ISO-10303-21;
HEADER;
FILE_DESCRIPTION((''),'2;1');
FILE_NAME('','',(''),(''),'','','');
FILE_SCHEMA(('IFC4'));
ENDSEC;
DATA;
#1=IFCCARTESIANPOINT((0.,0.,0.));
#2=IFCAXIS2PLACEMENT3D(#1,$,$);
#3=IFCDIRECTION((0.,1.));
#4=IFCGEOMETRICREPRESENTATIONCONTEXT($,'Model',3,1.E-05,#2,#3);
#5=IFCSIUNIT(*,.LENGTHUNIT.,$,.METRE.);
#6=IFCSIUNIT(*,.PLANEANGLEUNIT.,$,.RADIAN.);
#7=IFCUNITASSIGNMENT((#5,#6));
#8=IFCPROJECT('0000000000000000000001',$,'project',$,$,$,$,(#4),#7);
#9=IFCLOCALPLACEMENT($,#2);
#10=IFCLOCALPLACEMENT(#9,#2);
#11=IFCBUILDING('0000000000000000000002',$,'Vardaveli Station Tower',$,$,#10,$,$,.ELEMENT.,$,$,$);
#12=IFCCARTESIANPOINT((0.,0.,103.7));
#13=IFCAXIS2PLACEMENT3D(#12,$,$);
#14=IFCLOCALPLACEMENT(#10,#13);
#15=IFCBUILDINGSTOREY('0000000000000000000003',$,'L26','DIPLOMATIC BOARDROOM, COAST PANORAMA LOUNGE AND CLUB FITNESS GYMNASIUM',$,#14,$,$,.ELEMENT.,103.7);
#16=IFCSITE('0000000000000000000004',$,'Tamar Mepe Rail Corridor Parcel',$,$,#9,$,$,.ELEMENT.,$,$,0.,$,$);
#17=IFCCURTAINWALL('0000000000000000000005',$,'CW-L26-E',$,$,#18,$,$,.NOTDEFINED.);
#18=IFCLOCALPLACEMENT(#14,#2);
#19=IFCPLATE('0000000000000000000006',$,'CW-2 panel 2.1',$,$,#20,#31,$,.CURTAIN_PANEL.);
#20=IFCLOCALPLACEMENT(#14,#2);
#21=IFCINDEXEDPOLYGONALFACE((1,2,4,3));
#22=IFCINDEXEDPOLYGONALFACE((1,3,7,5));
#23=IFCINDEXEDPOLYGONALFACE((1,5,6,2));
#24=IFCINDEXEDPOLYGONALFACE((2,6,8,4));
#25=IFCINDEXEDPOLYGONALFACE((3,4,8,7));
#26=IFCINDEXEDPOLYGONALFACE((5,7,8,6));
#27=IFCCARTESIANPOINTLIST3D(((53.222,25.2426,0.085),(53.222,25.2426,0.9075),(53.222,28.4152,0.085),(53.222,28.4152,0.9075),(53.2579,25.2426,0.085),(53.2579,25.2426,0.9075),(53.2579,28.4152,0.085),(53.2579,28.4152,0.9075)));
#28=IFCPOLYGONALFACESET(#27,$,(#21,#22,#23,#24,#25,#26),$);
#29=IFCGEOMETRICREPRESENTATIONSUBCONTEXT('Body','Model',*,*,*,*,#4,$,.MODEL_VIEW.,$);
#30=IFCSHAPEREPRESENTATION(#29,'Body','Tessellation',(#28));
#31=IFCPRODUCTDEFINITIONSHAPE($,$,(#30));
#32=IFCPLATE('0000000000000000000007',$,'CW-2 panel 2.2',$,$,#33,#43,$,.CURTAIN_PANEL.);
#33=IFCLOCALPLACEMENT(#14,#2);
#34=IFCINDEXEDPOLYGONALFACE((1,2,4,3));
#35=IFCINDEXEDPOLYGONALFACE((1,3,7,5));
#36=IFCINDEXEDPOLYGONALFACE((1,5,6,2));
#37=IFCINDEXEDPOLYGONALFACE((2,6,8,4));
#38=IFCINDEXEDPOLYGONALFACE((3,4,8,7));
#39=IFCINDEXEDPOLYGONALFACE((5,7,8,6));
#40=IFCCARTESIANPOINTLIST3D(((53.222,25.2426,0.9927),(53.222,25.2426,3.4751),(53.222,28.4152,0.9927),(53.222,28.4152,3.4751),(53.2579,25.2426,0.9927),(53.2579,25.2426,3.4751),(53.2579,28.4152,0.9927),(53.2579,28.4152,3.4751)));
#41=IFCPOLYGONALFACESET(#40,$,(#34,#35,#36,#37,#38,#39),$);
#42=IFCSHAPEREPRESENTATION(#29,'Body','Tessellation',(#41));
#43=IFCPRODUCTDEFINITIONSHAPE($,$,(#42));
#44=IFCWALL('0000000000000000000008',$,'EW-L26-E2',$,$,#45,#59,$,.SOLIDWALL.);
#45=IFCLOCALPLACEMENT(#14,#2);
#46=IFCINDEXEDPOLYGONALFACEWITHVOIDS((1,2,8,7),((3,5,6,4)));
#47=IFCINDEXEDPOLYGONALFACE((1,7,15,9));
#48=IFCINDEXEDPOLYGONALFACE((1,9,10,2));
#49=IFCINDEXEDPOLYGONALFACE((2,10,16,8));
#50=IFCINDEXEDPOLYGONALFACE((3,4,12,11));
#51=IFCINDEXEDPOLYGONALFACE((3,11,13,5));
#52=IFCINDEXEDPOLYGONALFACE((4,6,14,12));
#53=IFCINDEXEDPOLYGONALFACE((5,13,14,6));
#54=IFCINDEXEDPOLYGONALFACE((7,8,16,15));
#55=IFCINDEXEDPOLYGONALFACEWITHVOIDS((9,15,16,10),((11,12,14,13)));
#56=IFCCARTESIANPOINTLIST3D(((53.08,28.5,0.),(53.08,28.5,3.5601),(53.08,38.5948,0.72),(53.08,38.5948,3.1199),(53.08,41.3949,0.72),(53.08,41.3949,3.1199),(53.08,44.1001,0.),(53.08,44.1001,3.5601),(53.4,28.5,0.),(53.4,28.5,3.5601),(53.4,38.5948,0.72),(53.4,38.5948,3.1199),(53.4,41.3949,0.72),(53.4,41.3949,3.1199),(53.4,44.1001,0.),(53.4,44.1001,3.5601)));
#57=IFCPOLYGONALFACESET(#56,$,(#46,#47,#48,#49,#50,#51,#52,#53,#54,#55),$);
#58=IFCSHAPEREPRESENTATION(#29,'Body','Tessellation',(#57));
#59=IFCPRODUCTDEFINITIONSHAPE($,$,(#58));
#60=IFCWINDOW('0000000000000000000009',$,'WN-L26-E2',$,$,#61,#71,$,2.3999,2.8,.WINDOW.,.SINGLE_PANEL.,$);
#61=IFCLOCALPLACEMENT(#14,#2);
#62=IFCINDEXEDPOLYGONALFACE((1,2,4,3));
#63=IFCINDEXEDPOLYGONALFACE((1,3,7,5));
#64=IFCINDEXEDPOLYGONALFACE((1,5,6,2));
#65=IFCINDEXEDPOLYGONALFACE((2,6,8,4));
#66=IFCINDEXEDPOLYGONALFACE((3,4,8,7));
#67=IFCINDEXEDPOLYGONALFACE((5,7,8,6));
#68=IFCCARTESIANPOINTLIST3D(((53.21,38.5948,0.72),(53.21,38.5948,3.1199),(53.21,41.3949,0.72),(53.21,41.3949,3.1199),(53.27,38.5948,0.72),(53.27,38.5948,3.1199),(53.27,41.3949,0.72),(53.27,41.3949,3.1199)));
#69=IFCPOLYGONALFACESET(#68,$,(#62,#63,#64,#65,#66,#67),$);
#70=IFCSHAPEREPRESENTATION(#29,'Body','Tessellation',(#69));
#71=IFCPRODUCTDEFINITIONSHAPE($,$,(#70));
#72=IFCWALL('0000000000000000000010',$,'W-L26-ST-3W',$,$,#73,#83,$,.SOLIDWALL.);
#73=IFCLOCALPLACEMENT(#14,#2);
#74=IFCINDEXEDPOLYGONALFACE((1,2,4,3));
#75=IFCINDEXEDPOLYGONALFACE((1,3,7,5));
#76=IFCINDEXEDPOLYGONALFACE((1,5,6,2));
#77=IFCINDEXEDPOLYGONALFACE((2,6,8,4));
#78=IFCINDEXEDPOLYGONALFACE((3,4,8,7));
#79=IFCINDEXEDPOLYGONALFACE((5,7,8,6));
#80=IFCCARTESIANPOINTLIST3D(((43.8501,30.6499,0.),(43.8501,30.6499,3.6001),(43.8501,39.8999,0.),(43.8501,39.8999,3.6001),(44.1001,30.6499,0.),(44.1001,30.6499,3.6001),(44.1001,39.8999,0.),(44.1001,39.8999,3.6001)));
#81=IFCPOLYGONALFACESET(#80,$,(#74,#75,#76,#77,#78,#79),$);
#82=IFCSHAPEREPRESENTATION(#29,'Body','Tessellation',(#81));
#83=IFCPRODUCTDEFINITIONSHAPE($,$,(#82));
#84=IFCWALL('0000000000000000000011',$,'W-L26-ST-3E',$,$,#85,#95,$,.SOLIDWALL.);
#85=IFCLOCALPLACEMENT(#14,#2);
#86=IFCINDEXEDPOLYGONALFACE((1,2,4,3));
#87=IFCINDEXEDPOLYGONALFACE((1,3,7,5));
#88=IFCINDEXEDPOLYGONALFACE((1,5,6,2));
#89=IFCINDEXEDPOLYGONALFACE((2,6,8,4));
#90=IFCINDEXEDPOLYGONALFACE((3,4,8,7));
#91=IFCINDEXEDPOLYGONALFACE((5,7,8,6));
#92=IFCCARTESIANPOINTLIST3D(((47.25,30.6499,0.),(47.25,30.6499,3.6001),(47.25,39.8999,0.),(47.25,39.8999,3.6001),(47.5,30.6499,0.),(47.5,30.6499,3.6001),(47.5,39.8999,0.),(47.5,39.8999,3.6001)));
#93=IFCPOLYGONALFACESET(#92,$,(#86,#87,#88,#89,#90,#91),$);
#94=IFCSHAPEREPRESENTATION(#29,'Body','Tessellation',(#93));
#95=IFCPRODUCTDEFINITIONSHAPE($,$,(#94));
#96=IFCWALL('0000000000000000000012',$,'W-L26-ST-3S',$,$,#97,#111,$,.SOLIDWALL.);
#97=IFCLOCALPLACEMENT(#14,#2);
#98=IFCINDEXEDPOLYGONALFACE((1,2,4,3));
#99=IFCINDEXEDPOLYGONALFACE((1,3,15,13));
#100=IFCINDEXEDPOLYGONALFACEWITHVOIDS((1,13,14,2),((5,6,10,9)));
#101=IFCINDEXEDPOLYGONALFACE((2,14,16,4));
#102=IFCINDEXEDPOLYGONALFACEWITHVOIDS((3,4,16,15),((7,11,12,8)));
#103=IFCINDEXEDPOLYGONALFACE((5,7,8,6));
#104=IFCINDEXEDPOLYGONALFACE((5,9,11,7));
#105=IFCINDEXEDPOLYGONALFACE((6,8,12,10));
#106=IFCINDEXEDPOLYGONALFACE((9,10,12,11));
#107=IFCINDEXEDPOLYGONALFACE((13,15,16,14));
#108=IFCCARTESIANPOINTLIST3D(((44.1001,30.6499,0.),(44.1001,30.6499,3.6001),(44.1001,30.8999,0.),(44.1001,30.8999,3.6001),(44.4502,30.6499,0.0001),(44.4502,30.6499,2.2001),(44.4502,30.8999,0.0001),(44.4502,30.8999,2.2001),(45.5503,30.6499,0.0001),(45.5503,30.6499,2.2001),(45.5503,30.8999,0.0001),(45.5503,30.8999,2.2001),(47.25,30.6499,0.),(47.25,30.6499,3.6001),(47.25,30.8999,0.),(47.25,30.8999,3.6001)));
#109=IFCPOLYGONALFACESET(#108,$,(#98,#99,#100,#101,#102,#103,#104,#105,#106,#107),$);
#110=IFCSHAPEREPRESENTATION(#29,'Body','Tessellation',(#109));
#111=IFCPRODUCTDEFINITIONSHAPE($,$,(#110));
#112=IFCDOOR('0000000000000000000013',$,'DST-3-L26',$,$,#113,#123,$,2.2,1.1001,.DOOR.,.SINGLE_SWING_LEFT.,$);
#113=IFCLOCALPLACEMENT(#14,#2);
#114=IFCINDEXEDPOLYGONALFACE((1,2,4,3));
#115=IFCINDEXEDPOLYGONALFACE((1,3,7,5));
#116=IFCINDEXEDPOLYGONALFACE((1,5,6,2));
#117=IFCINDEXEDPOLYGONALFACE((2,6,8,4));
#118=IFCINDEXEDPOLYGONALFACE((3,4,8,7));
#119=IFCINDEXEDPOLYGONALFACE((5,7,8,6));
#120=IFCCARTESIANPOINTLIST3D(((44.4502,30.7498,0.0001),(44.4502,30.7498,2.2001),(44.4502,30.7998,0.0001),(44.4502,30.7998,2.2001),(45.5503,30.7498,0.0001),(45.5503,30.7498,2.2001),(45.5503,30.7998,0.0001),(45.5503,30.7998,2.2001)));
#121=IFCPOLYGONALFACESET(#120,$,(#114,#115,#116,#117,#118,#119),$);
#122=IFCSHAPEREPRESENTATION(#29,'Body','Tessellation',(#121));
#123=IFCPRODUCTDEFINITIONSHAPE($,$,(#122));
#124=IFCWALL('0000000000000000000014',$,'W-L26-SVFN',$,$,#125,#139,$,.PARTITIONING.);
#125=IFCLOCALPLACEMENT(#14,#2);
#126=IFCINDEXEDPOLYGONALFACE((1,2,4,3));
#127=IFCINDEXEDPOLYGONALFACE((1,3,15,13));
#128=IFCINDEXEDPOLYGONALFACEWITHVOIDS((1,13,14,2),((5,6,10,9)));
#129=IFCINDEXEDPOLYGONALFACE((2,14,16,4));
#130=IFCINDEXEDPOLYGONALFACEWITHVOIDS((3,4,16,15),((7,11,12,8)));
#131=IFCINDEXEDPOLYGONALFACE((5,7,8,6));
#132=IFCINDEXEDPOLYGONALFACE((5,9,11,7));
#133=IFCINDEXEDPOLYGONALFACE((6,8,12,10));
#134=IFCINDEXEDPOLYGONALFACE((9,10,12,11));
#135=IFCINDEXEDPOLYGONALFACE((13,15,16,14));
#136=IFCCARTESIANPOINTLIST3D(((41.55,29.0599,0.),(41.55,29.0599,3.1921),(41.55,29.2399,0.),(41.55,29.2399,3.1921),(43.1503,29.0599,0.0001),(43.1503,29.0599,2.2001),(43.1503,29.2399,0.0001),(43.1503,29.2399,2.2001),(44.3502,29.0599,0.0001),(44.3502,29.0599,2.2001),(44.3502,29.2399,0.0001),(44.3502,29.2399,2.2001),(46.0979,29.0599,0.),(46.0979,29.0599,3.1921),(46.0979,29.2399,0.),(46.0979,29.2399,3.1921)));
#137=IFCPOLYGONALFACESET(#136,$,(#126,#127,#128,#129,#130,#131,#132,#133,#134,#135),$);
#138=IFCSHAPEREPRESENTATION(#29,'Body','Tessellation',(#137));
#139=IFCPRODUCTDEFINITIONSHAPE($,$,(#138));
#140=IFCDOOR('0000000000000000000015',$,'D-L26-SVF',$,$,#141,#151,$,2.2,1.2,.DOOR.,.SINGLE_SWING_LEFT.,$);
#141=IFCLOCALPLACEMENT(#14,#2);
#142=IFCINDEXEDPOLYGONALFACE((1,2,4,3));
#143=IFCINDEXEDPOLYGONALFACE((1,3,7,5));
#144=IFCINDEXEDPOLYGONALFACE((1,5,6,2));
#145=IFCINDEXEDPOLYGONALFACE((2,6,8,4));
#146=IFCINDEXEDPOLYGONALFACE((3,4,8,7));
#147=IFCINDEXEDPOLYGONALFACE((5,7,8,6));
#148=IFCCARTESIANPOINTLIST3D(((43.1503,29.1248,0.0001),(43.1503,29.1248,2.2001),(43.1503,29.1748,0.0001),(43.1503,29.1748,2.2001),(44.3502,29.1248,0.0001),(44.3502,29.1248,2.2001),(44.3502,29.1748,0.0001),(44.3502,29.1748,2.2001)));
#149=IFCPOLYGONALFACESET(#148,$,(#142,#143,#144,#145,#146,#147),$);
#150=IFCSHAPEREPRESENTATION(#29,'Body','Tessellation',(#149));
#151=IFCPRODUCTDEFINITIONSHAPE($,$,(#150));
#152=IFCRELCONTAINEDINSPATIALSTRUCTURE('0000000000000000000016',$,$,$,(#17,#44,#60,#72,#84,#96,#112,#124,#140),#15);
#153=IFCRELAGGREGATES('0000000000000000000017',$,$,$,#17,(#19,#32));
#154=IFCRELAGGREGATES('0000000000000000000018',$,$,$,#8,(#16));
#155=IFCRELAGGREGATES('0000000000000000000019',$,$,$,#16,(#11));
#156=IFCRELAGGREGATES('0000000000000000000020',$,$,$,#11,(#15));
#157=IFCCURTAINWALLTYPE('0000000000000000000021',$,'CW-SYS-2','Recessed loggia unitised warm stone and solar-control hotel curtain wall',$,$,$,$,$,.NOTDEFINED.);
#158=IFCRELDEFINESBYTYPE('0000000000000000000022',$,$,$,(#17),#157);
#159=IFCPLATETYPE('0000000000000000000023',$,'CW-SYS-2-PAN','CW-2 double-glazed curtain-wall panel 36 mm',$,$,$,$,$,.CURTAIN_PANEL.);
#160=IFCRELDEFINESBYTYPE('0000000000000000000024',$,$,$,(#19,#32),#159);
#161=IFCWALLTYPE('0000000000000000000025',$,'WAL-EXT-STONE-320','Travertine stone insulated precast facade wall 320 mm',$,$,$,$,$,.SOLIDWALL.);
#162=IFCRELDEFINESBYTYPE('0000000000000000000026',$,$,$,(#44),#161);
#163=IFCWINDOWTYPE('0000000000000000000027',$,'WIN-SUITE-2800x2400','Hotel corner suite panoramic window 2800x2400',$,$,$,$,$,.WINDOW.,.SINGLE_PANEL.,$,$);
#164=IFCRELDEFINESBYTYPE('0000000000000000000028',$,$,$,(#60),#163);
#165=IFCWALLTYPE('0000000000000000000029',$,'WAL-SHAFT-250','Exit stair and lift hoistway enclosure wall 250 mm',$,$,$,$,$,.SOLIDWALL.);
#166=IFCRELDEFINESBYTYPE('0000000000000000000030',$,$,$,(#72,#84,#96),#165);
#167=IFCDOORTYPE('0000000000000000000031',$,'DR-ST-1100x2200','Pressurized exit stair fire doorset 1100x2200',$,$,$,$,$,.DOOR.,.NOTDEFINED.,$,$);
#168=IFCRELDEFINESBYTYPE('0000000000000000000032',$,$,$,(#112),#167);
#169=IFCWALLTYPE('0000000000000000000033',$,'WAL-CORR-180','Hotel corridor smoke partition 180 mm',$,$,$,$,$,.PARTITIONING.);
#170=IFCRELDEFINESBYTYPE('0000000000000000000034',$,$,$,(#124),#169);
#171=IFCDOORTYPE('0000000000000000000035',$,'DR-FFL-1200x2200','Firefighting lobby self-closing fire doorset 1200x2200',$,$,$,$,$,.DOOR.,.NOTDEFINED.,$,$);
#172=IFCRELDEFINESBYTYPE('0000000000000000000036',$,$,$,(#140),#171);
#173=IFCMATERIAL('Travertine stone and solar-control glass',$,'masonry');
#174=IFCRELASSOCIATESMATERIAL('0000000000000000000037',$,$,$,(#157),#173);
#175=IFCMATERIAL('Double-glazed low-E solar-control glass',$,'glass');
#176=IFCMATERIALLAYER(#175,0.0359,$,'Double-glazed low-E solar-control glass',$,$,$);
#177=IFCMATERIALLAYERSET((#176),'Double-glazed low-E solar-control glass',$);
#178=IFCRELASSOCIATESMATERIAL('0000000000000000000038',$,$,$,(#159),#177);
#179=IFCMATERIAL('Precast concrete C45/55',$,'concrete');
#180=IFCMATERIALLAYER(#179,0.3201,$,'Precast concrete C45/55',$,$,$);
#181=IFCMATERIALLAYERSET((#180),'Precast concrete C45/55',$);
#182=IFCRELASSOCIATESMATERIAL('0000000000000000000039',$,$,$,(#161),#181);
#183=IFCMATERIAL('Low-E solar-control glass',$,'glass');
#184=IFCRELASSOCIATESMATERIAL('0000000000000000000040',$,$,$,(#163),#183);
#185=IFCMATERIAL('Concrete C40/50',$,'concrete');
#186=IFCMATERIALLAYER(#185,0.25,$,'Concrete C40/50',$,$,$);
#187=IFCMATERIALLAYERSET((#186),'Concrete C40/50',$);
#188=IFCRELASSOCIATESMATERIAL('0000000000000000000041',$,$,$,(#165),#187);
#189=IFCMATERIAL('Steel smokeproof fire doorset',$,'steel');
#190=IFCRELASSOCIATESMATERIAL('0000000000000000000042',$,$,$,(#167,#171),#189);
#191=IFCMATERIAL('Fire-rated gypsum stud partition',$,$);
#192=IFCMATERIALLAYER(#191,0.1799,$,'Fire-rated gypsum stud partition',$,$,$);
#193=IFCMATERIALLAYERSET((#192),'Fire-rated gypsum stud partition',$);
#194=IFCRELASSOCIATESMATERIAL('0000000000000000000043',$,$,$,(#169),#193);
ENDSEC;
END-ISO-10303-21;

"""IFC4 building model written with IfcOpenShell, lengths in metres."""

from ifc_helpers import new_model, si_unit, direction, frame, frame_2d, origin, origin_2d, place, context, subcontext, project, spatial, rectangle, extrude, source, transform, mapped, material, layer, layer_set, type_object, element, fill, aggregate, save


model = new_model("IFC4")

# Units and contexts
model_context = context("Model", 3, precision=1e-05, world=origin(), true_north=direction((0.0, 1.0)))
body_context = subcontext(model_context, "Body", "Model", "MODEL_VIEW")
ifc_project = project(units=[si_unit("LENGTHUNIT", "METRE"), si_unit("PLANEANGLEUNIT", "RADIAN")], contexts=[model_context])

# Site, building, storey
site_placement = place(None, origin())
site = spatial("IfcSite", under=ifc_project, at=site_placement, Name="Tamar Mepe Rail Corridor Parcel", CompositionType="ELEMENT", RefElevation=0.0)
building_placement = place(site_placement, origin())
building = spatial("IfcBuilding", under=site, at=building_placement, Name="Vardaveli Station Tower", CompositionType="ELEMENT")
storey_placement = place(building_placement, frame((0.0, 0.0, 103.7)))
storey = spatial("IfcBuildingStorey", under=building, at=storey_placement, Name="L26", Description="DIPLOMATIC BOARDROOM, COAST PANORAMA LOUNGE AND CLUB FITNESS GYMNASIUM", CompositionType="ELEMENT", Elevation=103.7)

# Shared definitions
ifc_material_1 = material(Name="Precast concrete C45/55", Category="concrete")

# Curtain wall, plates
ifc_material_2 = material(Name="Travertine stone and solar-control glass", Category="masonry")
curtain_wall_type = type_object("IfcCurtainWallType", Name="CW-SYS-2", Description="Recessed loggia unitised warm stone and solar-control hotel curtain wall", PredefinedType="NOTDEFINED", material=ifc_material_2)
curtain_wall_placement = place(storey_placement, origin())
curtain_wall = element("IfcCurtainWall", 1, at=curtain_wall_placement, inside=storey, type_object=curtain_wall_type, Name="CW-L26-E", PredefinedType="NOTDEFINED")
ifc_material_3 = material(Name="Double-glazed low-E solar-control glass", Category="glass")
ifc_layer_1 = layer(ifc_material_3, 0.0359, Name="Double-glazed low-E solar-control glass")
ifc_layer_set_1 = layer_set([ifc_layer_1], Name="Double-glazed low-E solar-control glass")
plate_type = type_object("IfcPlateType", Name="CW-SYS-2-PAN", Description="CW-2 double-glazed curtain-wall panel 36 mm", PredefinedType="CURTAIN_PANEL", material=ifc_layer_set_1)
shared_shape_1 = source(origin(), body_context, "Body", "SweptSolid", [
    extrude(rectangle(XDim=3.1726, YDim=0.0359, at=origin_2d()), origin(), (0.0, 0.0, 1.0), 0.8225),
])
plate_1_placement = place(storey_placement, frame((53.24, 26.8289, 0.085), z_axis=(0.0, 0.0, 1.0), x_axis=(0.0, 1.0, 0.0)))
plate_1 = element("IfcPlate", 2, at=plate_1_placement, type_object=plate_type, Name="CW-2 panel 2.1", PredefinedType="CURTAIN_PANEL", context=body_context, shape_type="MappedRepresentation", body=[
    mapped(shared_shape_1, transform((0.0, 0.0, 0.0), scale=1.0)),
])
shared_shape_2 = source(origin(), body_context, "Body", "SweptSolid", [
    extrude(rectangle(XDim=3.1726, YDim=0.0359, at=origin_2d()), origin(), (0.0, 0.0, 1.0), 2.4824),
])
plate_2_placement = place(storey_placement, frame((53.24, 26.8289, 0.9927), z_axis=(0.0, 0.0, 1.0), x_axis=(0.0, 1.0, 0.0)))
plate_2 = element("IfcPlate", 3, at=plate_2_placement, type_object=plate_type, Name="CW-2 panel 2.2", PredefinedType="CURTAIN_PANEL", context=body_context, shape_type="MappedRepresentation", body=[
    mapped(shared_shape_2, transform((0.0, 0.0, 0.0), scale=1.0)),
])
aggregate(curtain_wall, [plate_1, plate_2])

# Wall, opening, window
ifc_layer_2 = layer(ifc_material_1, 0.3201, Name="Precast concrete C45/55")
ifc_layer_set_2 = layer_set([ifc_layer_2], Name="Precast concrete C45/55")
wall_type_1 = type_object("IfcWallType", Name="WAL-EXT-STONE-320", Description="Travertine stone insulated precast facade wall 320 mm", PredefinedType="SOLIDWALL", material=ifc_layer_set_2)
shared_shape_3 = source(origin(), body_context, "Body", "SweptSolid", [
    extrude(rectangle(XDim=15.6001, YDim=0.3201, at=frame_2d((7.8, 0.0))), origin(), (0.0, 0.0, 1.0), 3.5601),
])
wall_1_placement = place(storey_placement, frame((53.24, 28.5, 0.0), z_axis=(0.0, 0.0, 1.0), x_axis=(0.0, 1.0, 0.0)))
wall_1 = element("IfcWall", 4, at=wall_1_placement, inside=storey, type_object=wall_type_1, Name="EW-L26-E2", PredefinedType="SOLIDWALL", context=body_context, shape_type="MappedRepresentation", body=[
    mapped(shared_shape_3, transform((0.0, 0.0, 0.0), scale=1.0)),
])
shared_shape_4 = source(origin(), body_context, "Body", "SweptSolid", [
    extrude(rectangle(XDim=2.8, YDim=2.3999, at=frame_2d((1.3999, 1.2))), frame((0.0, 0.1699, 0.0), z_axis=(0.0, -1.0, 0.0), x_axis=(1.0, 0.0, 0.0)), (0.0, 0.0, 1.0), 0.3401),
])
opening_1_placement = place(wall_1_placement, frame((10.095, 0.0, 0.72)))
opening_1 = element("IfcOpeningElement", 5, at=opening_1_placement, cuts=wall_1, PredefinedType="OPENING", context=body_context, shape_type="MappedRepresentation", body=[
    mapped(shared_shape_4, transform((0.0, 0.0, 0.0), scale=1.0)),
])
ifc_material_4 = material(Name="Low-E solar-control glass", Category="glass")
window_type = type_object("IfcWindowType", Name="WIN-SUITE-2800x2400", Description="Hotel corner suite panoramic window 2800x2400", PartitioningType="SINGLE_PANEL", PredefinedType="WINDOW", material=ifc_material_4)
shared_shape_5 = source(origin(), body_context, "Body", "SweptSolid", [
    extrude(rectangle(XDim=2.8, YDim=2.3999, at=frame_2d((1.3999, 1.2))), frame((0.0, 0.03, 0.0), z_axis=(0.0, -1.0, 0.0), x_axis=(1.0, 0.0, 0.0)), (0.0, 0.0, 1.0), 0.0601),
])
window_placement = place(opening_1_placement, origin())
window = element("IfcWindow", 6, at=window_placement, inside=storey, type_object=window_type, Name="WN-L26-E2", OverallHeight=2.3999, OverallWidth=2.8, PartitioningType="SINGLE_PANEL", PredefinedType="WINDOW", context=body_context, shape_type="MappedRepresentation", body=[
    mapped(shared_shape_5, transform((0.0, 0.0, 0.0), scale=1.0)),
])
fill(opening_1, window)

# Walls
ifc_material_5 = material(Name="Concrete C40/50", Category="concrete")
ifc_layer_3 = layer(ifc_material_5, 0.25, Name="Concrete C40/50")
ifc_layer_set_3 = layer_set([ifc_layer_3], Name="Concrete C40/50")
wall_type_2 = type_object("IfcWallType", Name="WAL-SHAFT-250", Description="Exit stair and lift hoistway enclosure wall 250 mm", PredefinedType="SOLIDWALL", material=ifc_layer_set_3)
shared_shape_6 = source(origin(), body_context, "Body", "SweptSolid", [
    extrude(rectangle(XDim=9.25, YDim=0.25, at=frame_2d((4.625, 0.0))), origin(), (0.0, 0.0, 1.0), 3.6001),
])
for number, where, z_axis, x_axis, name in (
    (7, (43.9751, 30.6499, 0.0), (0.0, 0.0, 1.0), (0.0, 1.0, 0.0), "W-L26-ST-3W"),
    (8, (47.375, 30.6499, 0.0), (0.0, 0.0, 1.0), (0.0, 1.0, 0.0), "W-L26-ST-3E"),
):
    element("IfcWall", number, at=place(storey_placement, frame(where, z_axis=z_axis, x_axis=x_axis)), inside=storey, type_object=wall_type_2, Name=name, PredefinedType="SOLIDWALL", context=body_context, shape_type="MappedRepresentation", body=[
        mapped(shared_shape_6, transform((0.0, 0.0, 0.0), scale=1.0)),
    ])

# Walls, openings, doors
shared_shape_7 = source(origin(), body_context, "Body", "SweptSolid", [
    extrude(rectangle(XDim=3.1499, YDim=0.25, at=frame_2d((1.575, 0.0))), origin(), (0.0, 0.0, 1.0), 3.6001),
])
wall_2_placement = place(storey_placement, frame((44.1001, 30.7749, 0.0), z_axis=(0.0, 0.0, 1.0), x_axis=(1.0, 0.0, 0.0)))
wall_2 = element("IfcWall", 9, at=wall_2_placement, inside=storey, type_object=wall_type_2, Name="W-L26-ST-3S", PredefinedType="SOLIDWALL", context=body_context, shape_type="MappedRepresentation", body=[
    mapped(shared_shape_7, transform((0.0, 0.0, 0.0), scale=1.0)),
])
shared_shape_8 = source(origin(), body_context, "Body", "SweptSolid", [
    extrude(rectangle(XDim=1.1001, YDim=2.2, at=frame_2d((0.55, 1.1001))), frame((0.0, 0.135, 0.0), z_axis=(0.0, -1.0, 0.0), x_axis=(1.0, 0.0, 0.0)), (0.0, 0.0, 1.0), 0.27),
])
opening_2_placement = place(wall_2_placement, frame((0.3501, 0.0, 0.0)))
opening_2 = element("IfcOpeningElement", 10, at=opening_2_placement, cuts=wall_2, PredefinedType="OPENING", context=body_context, shape_type="MappedRepresentation", body=[
    mapped(shared_shape_8, transform((0.0, 0.0, 0.0), scale=1.0)),
])
ifc_material_6 = material(Name="Steel smokeproof fire doorset", Category="steel")
door_type_1 = type_object("IfcDoorType", Name="DR-ST-1100x2200", Description="Pressurized exit stair fire doorset 1100x2200", OperationType="NOTDEFINED", PredefinedType="DOOR", material=ifc_material_6)
shared_shape_9 = source(origin(), body_context, "Body", "SweptSolid", [
    extrude(rectangle(XDim=1.1001, YDim=2.2, at=frame_2d((0.55, 1.1001))), frame((0.0, 0.0249, 0.0), z_axis=(0.0, -1.0, 0.0), x_axis=(1.0, 0.0, 0.0)), (0.0, 0.0, 1.0), 0.05),
])
door_1_placement = place(opening_2_placement, origin())
door_1 = element("IfcDoor", 11, at=door_1_placement, inside=storey, type_object=door_type_1, Name="DST-3-L26", OperationType="SINGLE_SWING_LEFT", OverallHeight=2.2, OverallWidth=1.1001, PredefinedType="DOOR", context=body_context, shape_type="MappedRepresentation", body=[
    mapped(shared_shape_9, transform((0.0, 0.0, 0.0), scale=1.0)),
])
fill(opening_2, door_1)
ifc_material_7 = material(Name="Fire-rated gypsum stud partition")
ifc_layer_4 = layer(ifc_material_7, 0.1799, Name="Fire-rated gypsum stud partition")
ifc_layer_set_4 = layer_set([ifc_layer_4], Name="Fire-rated gypsum stud partition")
wall_type_3 = type_object("IfcWallType", Name="WAL-CORR-180", Description="Hotel corridor smoke partition 180 mm", PredefinedType="PARTITIONING", material=ifc_layer_set_4)
shared_shape_10 = source(origin(), body_context, "Body", "SweptSolid", [
    extrude(rectangle(XDim=4.5479, YDim=0.1799, at=frame_2d((2.2739, 0.0))), origin(), (0.0, 0.0, 1.0), 3.1921),
])
wall_3_placement = place(storey_placement, frame((41.55, 29.1499, 0.0), z_axis=(0.0, 0.0, 1.0), x_axis=(1.0, 0.0, 0.0)))
wall_3 = element("IfcWall", 12, at=wall_3_placement, inside=storey, type_object=wall_type_3, Name="W-L26-SVFN", PredefinedType="PARTITIONING", context=body_context, shape_type="MappedRepresentation", body=[
    mapped(shared_shape_10, transform((0.0, 0.0, 0.0), scale=1.0)),
])
shared_shape_11 = source(origin(), body_context, "Body", "SweptSolid", [
    extrude(rectangle(XDim=1.2, YDim=2.2, at=frame_2d((0.6001, 1.1001))), frame((0.0, 0.1001, 0.0), z_axis=(0.0, -1.0, 0.0), x_axis=(1.0, 0.0, 0.0)), (0.0, 0.0, 1.0), 0.2),
])
opening_3_placement = place(wall_3_placement, frame((1.6001, 0.0, 0.0)))
opening_3 = element("IfcOpeningElement", 13, at=opening_3_placement, cuts=wall_3, PredefinedType="OPENING", context=body_context, shape_type="MappedRepresentation", body=[
    mapped(shared_shape_11, transform((0.0, 0.0, 0.0), scale=1.0)),
])
door_type_2 = type_object("IfcDoorType", Name="DR-FFL-1200x2200", Description="Firefighting lobby self-closing fire doorset 1200x2200", OperationType="NOTDEFINED", PredefinedType="DOOR", material=ifc_material_6)
shared_shape_12 = source(origin(), body_context, "Body", "SweptSolid", [
    extrude(rectangle(XDim=1.2, YDim=2.2, at=frame_2d((0.6001, 1.1001))), frame((0.0, 0.0249, 0.0), z_axis=(0.0, -1.0, 0.0), x_axis=(1.0, 0.0, 0.0)), (0.0, 0.0, 1.0), 0.05),
])
door_2_placement = place(opening_3_placement, origin())
door_2 = element("IfcDoor", 14, at=door_2_placement, inside=storey, type_object=door_type_2, Name="D-L26-SVF", OperationType="SINGLE_SWING_LEFT", OverallHeight=2.2, OverallWidth=1.2, PredefinedType="DOOR", context=body_context, shape_type="MappedRepresentation", body=[
    mapped(shared_shape_12, transform((0.0, 0.0, 0.0), scale=1.0)),
])
fill(opening_3, door_2)

save(model, "model.ifc")
